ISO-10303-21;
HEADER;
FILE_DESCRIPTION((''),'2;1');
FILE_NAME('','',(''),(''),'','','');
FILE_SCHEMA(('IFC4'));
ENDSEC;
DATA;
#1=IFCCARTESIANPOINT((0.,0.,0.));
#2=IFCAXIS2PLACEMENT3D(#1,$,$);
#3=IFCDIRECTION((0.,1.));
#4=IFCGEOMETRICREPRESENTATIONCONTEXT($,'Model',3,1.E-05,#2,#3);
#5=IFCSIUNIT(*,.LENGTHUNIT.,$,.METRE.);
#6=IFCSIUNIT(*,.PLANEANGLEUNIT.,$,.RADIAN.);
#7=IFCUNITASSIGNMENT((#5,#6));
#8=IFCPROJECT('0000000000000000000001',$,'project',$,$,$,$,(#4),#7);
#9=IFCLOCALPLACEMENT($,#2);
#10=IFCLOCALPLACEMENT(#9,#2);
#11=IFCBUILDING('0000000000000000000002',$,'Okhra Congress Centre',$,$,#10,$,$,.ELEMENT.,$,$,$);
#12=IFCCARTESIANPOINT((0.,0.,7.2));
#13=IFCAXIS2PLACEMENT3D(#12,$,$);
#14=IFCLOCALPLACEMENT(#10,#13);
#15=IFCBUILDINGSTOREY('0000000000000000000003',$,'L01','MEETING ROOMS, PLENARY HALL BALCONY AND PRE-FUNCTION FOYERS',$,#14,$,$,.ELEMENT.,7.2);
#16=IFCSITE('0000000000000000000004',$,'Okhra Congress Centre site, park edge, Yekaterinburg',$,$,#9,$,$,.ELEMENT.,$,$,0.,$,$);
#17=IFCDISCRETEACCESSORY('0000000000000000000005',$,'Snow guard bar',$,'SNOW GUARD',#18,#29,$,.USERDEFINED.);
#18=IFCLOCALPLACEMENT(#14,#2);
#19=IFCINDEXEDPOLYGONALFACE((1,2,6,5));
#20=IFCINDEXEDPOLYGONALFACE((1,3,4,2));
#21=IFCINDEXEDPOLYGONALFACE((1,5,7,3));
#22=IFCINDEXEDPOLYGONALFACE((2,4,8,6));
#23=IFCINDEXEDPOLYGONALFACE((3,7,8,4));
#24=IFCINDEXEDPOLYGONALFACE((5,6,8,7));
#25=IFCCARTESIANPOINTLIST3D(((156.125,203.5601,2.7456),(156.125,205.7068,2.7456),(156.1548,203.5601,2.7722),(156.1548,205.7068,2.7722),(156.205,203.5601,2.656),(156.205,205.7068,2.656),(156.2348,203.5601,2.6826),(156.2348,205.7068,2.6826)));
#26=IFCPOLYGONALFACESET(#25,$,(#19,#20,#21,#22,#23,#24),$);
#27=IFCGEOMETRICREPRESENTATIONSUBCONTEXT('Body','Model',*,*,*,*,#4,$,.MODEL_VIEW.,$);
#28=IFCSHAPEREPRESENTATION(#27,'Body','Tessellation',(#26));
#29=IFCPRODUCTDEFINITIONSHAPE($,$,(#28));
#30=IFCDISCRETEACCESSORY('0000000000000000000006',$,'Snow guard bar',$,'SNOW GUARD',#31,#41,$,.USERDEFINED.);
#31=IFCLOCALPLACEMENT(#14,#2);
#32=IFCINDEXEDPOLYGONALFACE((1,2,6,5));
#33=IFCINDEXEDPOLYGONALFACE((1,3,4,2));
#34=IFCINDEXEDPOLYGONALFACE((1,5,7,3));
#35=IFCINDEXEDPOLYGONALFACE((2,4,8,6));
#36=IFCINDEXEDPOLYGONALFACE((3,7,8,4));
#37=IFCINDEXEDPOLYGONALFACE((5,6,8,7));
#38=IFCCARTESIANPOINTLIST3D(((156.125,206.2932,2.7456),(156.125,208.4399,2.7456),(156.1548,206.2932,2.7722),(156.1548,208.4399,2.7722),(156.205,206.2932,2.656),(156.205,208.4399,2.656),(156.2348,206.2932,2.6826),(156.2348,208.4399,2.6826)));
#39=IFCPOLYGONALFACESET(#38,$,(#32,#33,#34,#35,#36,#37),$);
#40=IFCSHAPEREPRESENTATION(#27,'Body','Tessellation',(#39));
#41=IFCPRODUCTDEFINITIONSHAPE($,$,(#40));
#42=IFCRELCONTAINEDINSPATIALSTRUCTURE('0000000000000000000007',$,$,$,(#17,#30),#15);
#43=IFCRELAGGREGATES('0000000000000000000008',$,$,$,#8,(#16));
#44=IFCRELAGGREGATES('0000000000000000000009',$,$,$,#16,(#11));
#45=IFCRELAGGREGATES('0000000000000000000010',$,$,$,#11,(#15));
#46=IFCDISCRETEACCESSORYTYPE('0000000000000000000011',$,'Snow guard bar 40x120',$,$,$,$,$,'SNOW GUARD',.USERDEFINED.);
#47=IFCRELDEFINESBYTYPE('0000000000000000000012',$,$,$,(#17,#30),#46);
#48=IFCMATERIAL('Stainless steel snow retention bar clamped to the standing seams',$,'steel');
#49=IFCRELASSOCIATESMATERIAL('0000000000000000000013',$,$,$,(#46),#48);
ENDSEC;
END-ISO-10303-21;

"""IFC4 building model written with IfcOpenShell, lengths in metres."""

from ifc_helpers import new_model, si_unit, direction, frame, origin, place, context, subcontext, project, spatial, polyline, outline, extrude, material, type_object, element, save


model = new_model("IFC4")

# Units and contexts
model_context = context("Model", 3, precision=1e-05, world=origin(), true_north=direction((0.0, 1.0)))
body_context = subcontext(model_context, "Body", "Model", "MODEL_VIEW")
ifc_project = project(units=[si_unit("LENGTHUNIT", "METRE"), si_unit("PLANEANGLEUNIT", "RADIAN")], contexts=[model_context])

# Site, building, storey
site_placement = place(None, origin())
site = spatial("IfcSite", under=ifc_project, at=site_placement, Name="Okhra Congress Centre site, park edge, Yekaterinburg", CompositionType="ELEMENT", RefElevation=0.0)
building_placement = place(site_placement, origin())
building = spatial("IfcBuilding", under=site, at=building_placement, Name="Okhra Congress Centre", CompositionType="ELEMENT")
storey_placement = place(building_placement, frame((0.0, 0.0, 7.2)))
storey = spatial("IfcBuildingStorey", under=building, at=storey_placement, Name="L01", Description="MEETING ROOMS, PLENARY HALL BALCONY AND PRE-FUNCTION FOYERS", CompositionType="ELEMENT", Elevation=7.2)

# Discrete accessories
ifc_material_1 = material(Name="Stainless steel snow retention bar clamped to the standing seams", Category="steel")
discrete_accessory_type_1 = type_object("IfcDiscreteAccessoryType", Name="Snow guard bar 40x120", ElementType="SNOW GUARD", PredefinedType="USERDEFINED", material=ifc_material_1)
for number, where, z_axis, x_axis, name in (
    (1, (156.125, 203.5601, 2.7456), (-0.666259, 0.0, 0.745721), (0.745721, 0.0, 0.666259), "Snow guard bar"),
    (2, (156.125, 206.2932, 2.7456), (-0.666259, 0.0, 0.745721), (0.745721, 0.0, 0.666259), "Snow guard bar"),
):
    element("IfcDiscreteAccessory", number, at=place(storey_placement, frame(where, z_axis=z_axis, x_axis=x_axis)), inside=storey, type_object=discrete_accessory_type_1, Name=name, ObjectType="SNOW GUARD", PredefinedType="USERDEFINED", context=body_context, shape_type="SweptSolid", body=[
        extrude(outline(polyline([(0.0, 0.0), (0.0399, 0.0), (0.0399, 2.1467), (0.0, 2.1467), (0.0, 0.0)])), origin(), (0.0, 0.0, -1.0), 0.1201),
    ])

save(model, "model.ifc")
